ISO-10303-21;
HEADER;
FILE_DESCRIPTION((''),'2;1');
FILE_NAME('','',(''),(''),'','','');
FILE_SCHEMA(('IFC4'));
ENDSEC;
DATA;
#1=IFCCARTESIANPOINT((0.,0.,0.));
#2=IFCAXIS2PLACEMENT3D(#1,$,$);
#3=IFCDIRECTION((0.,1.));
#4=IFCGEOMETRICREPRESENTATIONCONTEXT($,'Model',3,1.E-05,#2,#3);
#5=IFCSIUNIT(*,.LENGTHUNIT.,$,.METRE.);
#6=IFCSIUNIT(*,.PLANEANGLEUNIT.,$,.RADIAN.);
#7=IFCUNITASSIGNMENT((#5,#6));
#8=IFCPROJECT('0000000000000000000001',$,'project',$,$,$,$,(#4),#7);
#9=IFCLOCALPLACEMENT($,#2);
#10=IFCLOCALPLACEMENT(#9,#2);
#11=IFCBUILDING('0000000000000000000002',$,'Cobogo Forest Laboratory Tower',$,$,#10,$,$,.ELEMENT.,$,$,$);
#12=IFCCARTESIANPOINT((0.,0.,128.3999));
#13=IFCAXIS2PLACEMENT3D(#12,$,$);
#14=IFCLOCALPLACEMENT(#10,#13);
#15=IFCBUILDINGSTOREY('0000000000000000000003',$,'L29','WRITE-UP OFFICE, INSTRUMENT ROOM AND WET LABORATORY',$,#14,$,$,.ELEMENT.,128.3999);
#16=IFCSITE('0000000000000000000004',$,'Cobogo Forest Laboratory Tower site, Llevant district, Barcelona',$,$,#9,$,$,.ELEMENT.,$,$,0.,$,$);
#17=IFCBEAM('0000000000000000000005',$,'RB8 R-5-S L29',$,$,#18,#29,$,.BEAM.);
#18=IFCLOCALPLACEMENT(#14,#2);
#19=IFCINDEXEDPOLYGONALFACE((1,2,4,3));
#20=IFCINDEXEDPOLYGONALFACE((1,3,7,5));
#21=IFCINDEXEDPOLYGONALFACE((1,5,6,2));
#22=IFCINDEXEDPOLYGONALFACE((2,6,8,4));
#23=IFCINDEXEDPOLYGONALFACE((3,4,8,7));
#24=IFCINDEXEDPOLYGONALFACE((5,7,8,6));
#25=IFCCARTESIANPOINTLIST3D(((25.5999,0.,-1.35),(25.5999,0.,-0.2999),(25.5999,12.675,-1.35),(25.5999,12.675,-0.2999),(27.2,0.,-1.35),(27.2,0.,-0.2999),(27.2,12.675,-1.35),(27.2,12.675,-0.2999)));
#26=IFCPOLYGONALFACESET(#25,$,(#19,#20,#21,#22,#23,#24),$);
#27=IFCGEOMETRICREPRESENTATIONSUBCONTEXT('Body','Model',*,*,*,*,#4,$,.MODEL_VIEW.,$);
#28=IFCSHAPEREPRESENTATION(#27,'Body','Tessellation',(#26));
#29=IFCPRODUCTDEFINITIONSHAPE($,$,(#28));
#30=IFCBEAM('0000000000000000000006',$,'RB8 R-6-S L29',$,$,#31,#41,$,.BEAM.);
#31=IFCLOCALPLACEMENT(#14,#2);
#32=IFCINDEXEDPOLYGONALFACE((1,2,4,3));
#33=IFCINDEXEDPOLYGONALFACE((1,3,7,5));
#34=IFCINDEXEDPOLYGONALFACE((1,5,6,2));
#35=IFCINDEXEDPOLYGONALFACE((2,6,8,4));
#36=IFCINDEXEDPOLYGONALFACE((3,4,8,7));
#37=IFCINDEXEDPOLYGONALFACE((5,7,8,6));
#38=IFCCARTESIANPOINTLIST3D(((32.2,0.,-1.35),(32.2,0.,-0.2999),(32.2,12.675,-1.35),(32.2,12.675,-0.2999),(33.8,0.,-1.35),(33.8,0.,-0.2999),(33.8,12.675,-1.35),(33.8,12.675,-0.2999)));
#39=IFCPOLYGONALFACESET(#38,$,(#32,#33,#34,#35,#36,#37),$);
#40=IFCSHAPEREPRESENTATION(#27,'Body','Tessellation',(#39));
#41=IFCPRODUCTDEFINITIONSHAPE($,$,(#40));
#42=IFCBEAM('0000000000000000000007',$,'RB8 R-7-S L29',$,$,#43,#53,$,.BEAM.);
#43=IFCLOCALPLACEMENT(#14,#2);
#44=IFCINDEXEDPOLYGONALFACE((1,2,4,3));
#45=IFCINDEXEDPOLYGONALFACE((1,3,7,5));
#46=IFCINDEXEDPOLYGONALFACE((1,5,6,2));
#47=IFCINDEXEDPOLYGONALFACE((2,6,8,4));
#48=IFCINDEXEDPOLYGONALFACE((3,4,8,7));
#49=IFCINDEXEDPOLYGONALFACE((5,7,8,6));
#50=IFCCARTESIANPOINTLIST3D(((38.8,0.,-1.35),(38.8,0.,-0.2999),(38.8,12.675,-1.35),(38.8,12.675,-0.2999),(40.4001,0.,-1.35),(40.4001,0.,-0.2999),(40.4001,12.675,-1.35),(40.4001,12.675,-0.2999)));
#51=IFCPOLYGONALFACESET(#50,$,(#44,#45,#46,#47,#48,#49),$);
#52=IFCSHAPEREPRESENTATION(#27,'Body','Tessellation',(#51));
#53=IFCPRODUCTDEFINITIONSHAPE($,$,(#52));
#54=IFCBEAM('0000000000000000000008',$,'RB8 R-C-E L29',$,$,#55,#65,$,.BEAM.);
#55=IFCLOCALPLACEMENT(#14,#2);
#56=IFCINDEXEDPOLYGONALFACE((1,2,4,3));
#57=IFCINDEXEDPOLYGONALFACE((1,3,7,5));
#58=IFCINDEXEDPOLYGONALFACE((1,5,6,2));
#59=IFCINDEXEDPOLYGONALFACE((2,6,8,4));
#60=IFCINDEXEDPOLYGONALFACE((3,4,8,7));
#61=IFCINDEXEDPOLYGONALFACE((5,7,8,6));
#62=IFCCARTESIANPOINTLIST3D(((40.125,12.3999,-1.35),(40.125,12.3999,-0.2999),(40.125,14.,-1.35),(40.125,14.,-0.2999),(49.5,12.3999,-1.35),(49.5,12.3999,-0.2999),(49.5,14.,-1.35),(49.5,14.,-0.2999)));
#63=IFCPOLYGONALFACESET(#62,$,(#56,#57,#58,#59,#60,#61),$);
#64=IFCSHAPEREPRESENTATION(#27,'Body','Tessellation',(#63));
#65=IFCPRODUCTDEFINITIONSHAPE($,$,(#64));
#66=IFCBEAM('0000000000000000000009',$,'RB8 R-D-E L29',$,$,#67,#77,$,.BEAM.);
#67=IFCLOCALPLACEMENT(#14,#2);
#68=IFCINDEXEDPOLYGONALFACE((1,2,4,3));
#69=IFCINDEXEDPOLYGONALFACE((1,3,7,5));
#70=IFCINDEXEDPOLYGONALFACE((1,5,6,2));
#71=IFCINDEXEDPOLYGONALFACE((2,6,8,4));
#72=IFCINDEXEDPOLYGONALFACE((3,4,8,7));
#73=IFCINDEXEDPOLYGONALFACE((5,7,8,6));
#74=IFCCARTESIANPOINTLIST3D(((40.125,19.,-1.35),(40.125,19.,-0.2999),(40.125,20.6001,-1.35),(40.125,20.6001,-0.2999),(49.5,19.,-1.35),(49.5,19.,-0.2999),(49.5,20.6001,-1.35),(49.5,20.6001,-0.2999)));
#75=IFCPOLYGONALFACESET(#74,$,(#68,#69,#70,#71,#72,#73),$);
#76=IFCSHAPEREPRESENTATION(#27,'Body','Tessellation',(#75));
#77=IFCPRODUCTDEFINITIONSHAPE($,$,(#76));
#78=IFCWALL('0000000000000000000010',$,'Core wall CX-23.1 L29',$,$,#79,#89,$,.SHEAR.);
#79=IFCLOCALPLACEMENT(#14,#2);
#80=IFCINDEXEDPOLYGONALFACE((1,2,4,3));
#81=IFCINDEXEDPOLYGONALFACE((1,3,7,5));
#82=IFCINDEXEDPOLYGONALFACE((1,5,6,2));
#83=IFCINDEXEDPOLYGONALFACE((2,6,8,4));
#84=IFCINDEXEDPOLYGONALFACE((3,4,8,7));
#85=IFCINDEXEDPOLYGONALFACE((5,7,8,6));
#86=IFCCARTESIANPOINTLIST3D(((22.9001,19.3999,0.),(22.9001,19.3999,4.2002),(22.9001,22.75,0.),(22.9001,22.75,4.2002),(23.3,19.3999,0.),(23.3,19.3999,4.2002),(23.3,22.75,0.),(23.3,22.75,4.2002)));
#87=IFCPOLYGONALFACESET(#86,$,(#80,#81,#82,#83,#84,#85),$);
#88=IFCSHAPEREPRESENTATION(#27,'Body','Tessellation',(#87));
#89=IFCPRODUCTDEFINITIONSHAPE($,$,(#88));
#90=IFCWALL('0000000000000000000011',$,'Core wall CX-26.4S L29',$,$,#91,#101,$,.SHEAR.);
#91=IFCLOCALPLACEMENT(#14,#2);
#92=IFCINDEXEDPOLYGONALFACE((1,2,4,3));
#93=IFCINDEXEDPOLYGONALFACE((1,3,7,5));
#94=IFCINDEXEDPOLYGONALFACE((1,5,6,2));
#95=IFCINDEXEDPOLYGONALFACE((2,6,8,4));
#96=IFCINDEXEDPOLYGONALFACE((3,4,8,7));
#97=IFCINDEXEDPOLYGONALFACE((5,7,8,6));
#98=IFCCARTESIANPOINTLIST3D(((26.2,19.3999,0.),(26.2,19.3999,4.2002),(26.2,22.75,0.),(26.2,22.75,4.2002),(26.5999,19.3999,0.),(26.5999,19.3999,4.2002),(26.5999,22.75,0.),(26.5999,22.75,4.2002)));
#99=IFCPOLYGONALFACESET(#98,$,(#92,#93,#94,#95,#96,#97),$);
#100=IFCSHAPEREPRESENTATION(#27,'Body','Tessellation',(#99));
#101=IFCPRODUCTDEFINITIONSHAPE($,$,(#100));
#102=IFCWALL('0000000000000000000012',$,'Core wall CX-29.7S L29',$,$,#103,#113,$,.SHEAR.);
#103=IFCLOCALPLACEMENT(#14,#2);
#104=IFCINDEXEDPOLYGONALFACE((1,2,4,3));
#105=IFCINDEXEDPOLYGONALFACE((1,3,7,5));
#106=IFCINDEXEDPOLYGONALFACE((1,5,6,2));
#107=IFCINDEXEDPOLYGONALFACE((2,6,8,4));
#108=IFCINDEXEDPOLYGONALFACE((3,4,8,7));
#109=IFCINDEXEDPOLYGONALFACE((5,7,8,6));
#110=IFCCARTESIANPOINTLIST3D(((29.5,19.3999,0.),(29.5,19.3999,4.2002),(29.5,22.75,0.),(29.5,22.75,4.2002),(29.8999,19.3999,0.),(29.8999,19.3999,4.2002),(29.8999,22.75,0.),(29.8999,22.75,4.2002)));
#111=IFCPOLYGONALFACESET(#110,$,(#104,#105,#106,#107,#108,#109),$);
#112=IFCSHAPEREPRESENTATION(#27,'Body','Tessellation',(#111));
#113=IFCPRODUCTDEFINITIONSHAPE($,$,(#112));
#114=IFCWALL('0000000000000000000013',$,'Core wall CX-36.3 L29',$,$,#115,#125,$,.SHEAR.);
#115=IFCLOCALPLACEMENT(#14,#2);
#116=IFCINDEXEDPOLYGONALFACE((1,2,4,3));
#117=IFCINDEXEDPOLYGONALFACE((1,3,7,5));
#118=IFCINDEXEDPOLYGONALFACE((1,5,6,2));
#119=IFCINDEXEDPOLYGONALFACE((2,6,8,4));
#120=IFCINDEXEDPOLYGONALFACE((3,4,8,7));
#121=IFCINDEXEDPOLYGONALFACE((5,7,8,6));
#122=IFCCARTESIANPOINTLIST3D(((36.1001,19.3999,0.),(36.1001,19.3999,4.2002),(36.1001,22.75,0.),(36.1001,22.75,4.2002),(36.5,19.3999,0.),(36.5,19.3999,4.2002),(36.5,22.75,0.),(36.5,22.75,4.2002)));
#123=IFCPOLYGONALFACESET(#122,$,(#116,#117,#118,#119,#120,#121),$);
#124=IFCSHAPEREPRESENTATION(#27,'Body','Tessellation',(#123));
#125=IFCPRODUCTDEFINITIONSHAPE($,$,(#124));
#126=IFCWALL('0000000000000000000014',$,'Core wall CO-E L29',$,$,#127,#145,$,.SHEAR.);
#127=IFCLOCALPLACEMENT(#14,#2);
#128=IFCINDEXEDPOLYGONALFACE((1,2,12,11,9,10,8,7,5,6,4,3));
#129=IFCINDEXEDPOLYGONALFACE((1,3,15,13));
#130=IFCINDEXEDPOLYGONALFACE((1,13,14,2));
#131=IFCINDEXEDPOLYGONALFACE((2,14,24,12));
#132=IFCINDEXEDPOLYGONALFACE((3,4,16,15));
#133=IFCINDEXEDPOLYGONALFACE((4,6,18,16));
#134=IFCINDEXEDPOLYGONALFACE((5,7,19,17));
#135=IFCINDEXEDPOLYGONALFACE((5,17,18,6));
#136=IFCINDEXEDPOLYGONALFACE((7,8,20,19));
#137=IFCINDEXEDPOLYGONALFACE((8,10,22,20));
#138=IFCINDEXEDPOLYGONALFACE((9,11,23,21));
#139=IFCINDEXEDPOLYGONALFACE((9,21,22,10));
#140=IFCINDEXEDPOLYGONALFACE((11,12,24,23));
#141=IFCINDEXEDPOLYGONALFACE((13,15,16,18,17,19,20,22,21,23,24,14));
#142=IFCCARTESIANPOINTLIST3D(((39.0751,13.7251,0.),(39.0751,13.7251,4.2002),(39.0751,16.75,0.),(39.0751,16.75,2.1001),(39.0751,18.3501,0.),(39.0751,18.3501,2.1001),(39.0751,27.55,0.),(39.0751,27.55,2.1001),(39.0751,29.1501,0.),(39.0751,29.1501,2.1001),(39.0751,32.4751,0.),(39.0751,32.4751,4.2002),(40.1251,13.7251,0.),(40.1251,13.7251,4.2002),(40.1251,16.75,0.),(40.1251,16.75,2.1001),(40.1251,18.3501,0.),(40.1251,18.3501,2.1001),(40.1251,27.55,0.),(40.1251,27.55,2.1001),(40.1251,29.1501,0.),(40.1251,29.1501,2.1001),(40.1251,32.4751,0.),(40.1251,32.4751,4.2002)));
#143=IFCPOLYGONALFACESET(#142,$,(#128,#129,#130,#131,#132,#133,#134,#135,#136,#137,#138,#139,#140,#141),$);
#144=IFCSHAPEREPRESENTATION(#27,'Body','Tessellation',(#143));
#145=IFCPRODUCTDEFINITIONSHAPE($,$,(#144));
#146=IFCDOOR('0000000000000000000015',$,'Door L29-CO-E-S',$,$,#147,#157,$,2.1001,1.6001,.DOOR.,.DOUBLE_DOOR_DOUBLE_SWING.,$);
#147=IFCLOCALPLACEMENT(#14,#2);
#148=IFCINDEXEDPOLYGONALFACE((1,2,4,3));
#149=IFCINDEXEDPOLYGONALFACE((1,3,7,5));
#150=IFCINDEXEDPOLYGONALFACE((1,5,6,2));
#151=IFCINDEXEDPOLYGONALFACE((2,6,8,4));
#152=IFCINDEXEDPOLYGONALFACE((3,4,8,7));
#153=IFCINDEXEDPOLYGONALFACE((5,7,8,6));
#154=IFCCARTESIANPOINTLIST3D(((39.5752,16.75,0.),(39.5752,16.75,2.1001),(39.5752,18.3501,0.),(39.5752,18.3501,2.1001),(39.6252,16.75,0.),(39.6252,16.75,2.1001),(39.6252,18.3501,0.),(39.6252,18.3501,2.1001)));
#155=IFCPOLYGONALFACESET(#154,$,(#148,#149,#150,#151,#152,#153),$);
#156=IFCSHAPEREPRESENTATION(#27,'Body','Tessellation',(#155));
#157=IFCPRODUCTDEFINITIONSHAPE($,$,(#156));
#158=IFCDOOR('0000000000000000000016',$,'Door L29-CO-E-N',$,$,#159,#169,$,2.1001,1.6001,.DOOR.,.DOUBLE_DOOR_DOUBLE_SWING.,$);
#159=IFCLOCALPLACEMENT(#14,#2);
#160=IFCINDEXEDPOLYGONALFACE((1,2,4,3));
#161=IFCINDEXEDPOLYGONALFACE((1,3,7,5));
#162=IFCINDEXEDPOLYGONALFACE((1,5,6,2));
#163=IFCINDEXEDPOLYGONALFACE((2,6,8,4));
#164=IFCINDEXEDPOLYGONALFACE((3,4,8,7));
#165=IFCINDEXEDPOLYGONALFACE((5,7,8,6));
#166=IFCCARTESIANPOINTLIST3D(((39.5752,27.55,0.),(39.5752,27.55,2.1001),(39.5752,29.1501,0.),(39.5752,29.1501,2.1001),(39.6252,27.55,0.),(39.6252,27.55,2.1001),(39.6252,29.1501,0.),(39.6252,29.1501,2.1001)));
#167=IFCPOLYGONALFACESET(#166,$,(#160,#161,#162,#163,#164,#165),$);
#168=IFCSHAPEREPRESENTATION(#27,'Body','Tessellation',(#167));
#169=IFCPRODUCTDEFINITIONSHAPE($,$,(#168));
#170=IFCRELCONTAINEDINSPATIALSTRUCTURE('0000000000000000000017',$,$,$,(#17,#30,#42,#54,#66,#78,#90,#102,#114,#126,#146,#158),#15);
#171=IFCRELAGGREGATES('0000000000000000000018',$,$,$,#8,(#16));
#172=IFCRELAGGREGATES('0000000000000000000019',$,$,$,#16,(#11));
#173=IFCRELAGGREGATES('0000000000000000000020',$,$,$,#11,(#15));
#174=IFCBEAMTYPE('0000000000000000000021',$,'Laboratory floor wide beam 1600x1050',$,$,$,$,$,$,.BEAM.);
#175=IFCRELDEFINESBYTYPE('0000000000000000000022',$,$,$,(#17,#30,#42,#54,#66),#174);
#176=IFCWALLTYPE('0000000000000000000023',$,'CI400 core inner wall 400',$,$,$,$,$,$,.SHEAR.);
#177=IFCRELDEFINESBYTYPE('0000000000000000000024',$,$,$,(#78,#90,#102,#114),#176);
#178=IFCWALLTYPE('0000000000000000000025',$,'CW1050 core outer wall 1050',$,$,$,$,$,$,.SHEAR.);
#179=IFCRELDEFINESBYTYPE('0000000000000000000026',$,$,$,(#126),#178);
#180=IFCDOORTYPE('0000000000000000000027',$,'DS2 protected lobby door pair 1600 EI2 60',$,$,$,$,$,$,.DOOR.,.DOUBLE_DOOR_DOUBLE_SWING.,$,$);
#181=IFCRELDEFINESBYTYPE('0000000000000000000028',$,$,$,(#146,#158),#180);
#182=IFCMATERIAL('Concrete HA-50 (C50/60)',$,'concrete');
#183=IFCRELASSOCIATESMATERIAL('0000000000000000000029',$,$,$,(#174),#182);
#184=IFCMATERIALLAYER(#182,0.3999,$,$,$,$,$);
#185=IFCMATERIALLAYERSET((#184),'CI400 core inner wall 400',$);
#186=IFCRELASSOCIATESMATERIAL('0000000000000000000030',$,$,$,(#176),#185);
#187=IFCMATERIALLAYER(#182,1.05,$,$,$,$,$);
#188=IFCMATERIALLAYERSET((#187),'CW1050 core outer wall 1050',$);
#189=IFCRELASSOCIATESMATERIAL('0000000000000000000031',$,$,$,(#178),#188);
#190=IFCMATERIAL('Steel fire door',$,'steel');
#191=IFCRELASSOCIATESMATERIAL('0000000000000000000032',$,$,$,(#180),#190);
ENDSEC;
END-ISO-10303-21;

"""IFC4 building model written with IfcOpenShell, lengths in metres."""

from ifc_helpers import new_model, si_unit, direction, frame, frame_2d, origin, origin_2d, place, context, subcontext, project, spatial, rectangle, extrude, material, layer, layer_set, material_profile, profile_set, type_object, element, fill, save


model = new_model("IFC4")

# Units and contexts
model_context = context("Model", 3, precision=1e-05, world=origin(), true_north=direction((0.0, 1.0)))
body_context = subcontext(model_context, "Body", "Model", "MODEL_VIEW")
ifc_project = project(units=[si_unit("LENGTHUNIT", "METRE"), si_unit("PLANEANGLEUNIT", "RADIAN")], contexts=[model_context])

# Site, building, storey
site_placement = place(None, origin())
site = spatial("IfcSite", under=ifc_project, at=site_placement, Name="Cobogo Forest Laboratory Tower site, Llevant district, Barcelona", CompositionType="ELEMENT", RefElevation=0.0)
building_placement = place(site_placement, origin())
building = spatial("IfcBuilding", under=site, at=building_placement, Name="Cobogo Forest Laboratory Tower", CompositionType="ELEMENT")
storey_placement = place(building_placement, frame((0.0, 0.0, 128.3999)))
storey = spatial("IfcBuildingStorey", under=building, at=storey_placement, Name="L29", Description="WRITE-UP OFFICE, INSTRUMENT ROOM AND WET LABORATORY", CompositionType="ELEMENT", Elevation=128.3999)

# Beams
ifc_material_1 = material(Name="Concrete HA-50 (C50/60)", Category="concrete")
ifc_material_profile = material_profile(ifc_material_1, rectangle(XDim=1.6001, YDim=1.05, at=origin_2d()), Name="RC 1600x1050")
ifc_profile_set = profile_set([ifc_material_profile], Name="Concrete HA-50 (C50/60)")
beam_type = type_object("IfcBeamType", Name="Laboratory floor wide beam 1600x1050", PredefinedType="BEAM", material=ifc_profile_set)
for number, where, z_axis, x_axis, name in (
    (1, (26.3999, 12.675, -0.825), (0.0, -1.0, 0.0), (1.0, 0.0, 0.0), "RB8 R-5-S L29"),
    (2, (33.0, 12.675, -0.825), (0.0, -1.0, 0.0), (1.0, 0.0, 0.0), "RB8 R-6-S L29"),
    (3, (39.6001, 12.675, -0.825), (0.0, -1.0, 0.0), (1.0, 0.0, 0.0), "RB8 R-7-S L29"),
):
    element("IfcBeam", number, at=place(storey_placement, frame(where, z_axis=z_axis, x_axis=x_axis)), inside=storey, type_object=beam_type, Name=name, PredefinedType="BEAM", context=body_context, shape_type="SweptSolid", body=[
        extrude(rectangle(XDim=1.6001, YDim=1.05, at=origin_2d()), origin(), (0.0, 0.0, 1.0), 12.675),
    ])
for number, where, z_axis, x_axis, name in (
    (4, (40.125, 13.2, -0.825), (1.0, 0.0, 0.0), (0.0, 1.0, 0.0), "RB8 R-C-E L29"),
    (5, (40.125, 19.8, -0.825), (1.0, 0.0, 0.0), (0.0, 1.0, 0.0), "RB8 R-D-E L29"),
):
    element("IfcBeam", number, at=place(storey_placement, frame(where, z_axis=z_axis, x_axis=x_axis)), inside=storey, type_object=beam_type, Name=name, PredefinedType="BEAM", context=body_context, shape_type="SweptSolid", body=[
        extrude(rectangle(XDim=1.6001, YDim=1.05, at=origin_2d()), origin(), (0.0, 0.0, 1.0), 9.375),
    ])

# Walls
ifc_layer_1 = layer(ifc_material_1, 0.3999)
ifc_layer_set_1 = layer_set([ifc_layer_1], Name="CI400 core inner wall 400")
wall_type_1 = type_object("IfcWallType", Name="CI400 core inner wall 400", PredefinedType="SHEAR", material=ifc_layer_set_1)
for number, where, z_axis, x_axis, name in (
    (6, (23.1001, 19.3999, 0.0), (0.0, 0.0, 1.0), (0.0, 1.0, 0.0), "Core wall CX-23.1 L29"),
    (7, (26.3999, 19.3999, 0.0), (0.0, 0.0, 1.0), (0.0, 1.0, 0.0), "Core wall CX-26.4S L29"),
    (8, (29.7, 19.3999, 0.0), (0.0, 0.0, 1.0), (0.0, 1.0, 0.0), "Core wall CX-29.7S L29"),
    (9, (36.3, 19.3999, 0.0), (0.0, 0.0, 1.0), (0.0, 1.0, 0.0), "Core wall CX-36.3 L29"),
):
    element("IfcWall", number, at=place(storey_placement, frame(where, z_axis=z_axis, x_axis=x_axis)), inside=storey, type_object=wall_type_1, Name=name, PredefinedType="SHEAR", context=body_context, shape_type="SweptSolid", body=[
        extrude(rectangle(XDim=3.3501, YDim=0.3999, at=frame_2d((1.675, 0.0))), origin(), (0.0, 0.0, 1.0), 4.2002),
    ])

# Wall, openings, doors
ifc_layer_2 = layer(ifc_material_1, 1.05)
ifc_layer_set_2 = layer_set([ifc_layer_2], Name="CW1050 core outer wall 1050")
wall_type_2 = type_object("IfcWallType", Name="CW1050 core outer wall 1050", PredefinedType="SHEAR", material=ifc_layer_set_2)
wall_1_placement = place(storey_placement, frame((39.6001, 13.7251, 0.0), z_axis=(0.0, 0.0, 1.0), x_axis=(0.0, 1.0, 0.0)))
wall_1 = element("IfcWall", 10, at=wall_1_placement, inside=storey, type_object=wall_type_2, Name="Core wall CO-E L29", PredefinedType="SHEAR", context=body_context, shape_type="SweptSolid", body=[
    extrude(rectangle(XDim=18.75, YDim=1.05, at=frame_2d((9.375, 0.0))), origin(), (0.0, 0.0, 1.0), 4.2002),
])
opening_1_placement = place(wall_1_placement, frame((3.0249, 0.0, 0.0)))
opening_1 = element("IfcOpeningElement", 11, at=opening_1_placement, cuts=wall_1, PredefinedType="OPENING", context=body_context, shape_type="SweptSolid", body=[
    extrude(rectangle(XDim=1.6001, YDim=2.1001, at=frame_2d((0.8, 1.05))), frame((0.0, 0.5349, 0.0), z_axis=(0.0, -1.0, 0.0), x_axis=(1.0, 0.0, 0.0)), (0.0, 0.0, 1.0), 1.0701),
])
opening_2_placement = place(wall_1_placement, frame((13.825, 0.0, 0.0)))
opening_2 = element("IfcOpeningElement", 12, at=opening_2_placement, cuts=wall_1, PredefinedType="OPENING", context=body_context, shape_type="SweptSolid", body=[
    extrude(rectangle(XDim=1.6001, YDim=2.1001, at=frame_2d((0.8, 1.05))), frame((0.0, 0.5349, 0.0), z_axis=(0.0, -1.0, 0.0), x_axis=(1.0, 0.0, 0.0)), (0.0, 0.0, 1.0), 1.0701),
])
ifc_material_2 = material(Name="Steel fire door", Category="steel")
door_type_1 = type_object("IfcDoorType", Name="DS2 protected lobby door pair 1600 EI2 60", OperationType="DOUBLE_DOOR_DOUBLE_SWING", PredefinedType="DOOR", material=ifc_material_2)
door_1_placement = place(opening_1_placement, origin())
door_1 = element("IfcDoor", 13, at=door_1_placement, inside=storey, type_object=door_type_1, Name="Door L29-CO-E-S", OperationType="DOUBLE_DOOR_DOUBLE_SWING", OverallHeight=2.1001, OverallWidth=1.6001, PredefinedType="DOOR", context=body_context, shape_type="SweptSolid", body=[
    extrude(rectangle(XDim=1.6001, YDim=2.1001, at=frame_2d((0.8, 1.05))), frame((0.0, 0.0249, 0.0), z_axis=(0.0, -1.0, 0.0), x_axis=(1.0, 0.0, 0.0)), (0.0, 0.0, 1.0), 0.05),
])
fill(opening_1, door_1)
door_2_placement = place(opening_2_placement, origin())
door_2 = element("IfcDoor", 14, at=door_2_placement, inside=storey, type_object=door_type_1, Name="Door L29-CO-E-N", OperationType="DOUBLE_DOOR_DOUBLE_SWING", OverallHeight=2.1001, OverallWidth=1.6001, PredefinedType="DOOR", context=body_context, shape_type="SweptSolid", body=[
    extrude(rectangle(XDim=1.6001, YDim=2.1001, at=frame_2d((0.8, 1.05))), frame((0.0, 0.0249, 0.0), z_axis=(0.0, -1.0, 0.0), x_axis=(1.0, 0.0, 0.0)), (0.0, 0.0, 1.0), 0.05),
])
fill(opening_2, door_2)

save(model, "model.ifc")
